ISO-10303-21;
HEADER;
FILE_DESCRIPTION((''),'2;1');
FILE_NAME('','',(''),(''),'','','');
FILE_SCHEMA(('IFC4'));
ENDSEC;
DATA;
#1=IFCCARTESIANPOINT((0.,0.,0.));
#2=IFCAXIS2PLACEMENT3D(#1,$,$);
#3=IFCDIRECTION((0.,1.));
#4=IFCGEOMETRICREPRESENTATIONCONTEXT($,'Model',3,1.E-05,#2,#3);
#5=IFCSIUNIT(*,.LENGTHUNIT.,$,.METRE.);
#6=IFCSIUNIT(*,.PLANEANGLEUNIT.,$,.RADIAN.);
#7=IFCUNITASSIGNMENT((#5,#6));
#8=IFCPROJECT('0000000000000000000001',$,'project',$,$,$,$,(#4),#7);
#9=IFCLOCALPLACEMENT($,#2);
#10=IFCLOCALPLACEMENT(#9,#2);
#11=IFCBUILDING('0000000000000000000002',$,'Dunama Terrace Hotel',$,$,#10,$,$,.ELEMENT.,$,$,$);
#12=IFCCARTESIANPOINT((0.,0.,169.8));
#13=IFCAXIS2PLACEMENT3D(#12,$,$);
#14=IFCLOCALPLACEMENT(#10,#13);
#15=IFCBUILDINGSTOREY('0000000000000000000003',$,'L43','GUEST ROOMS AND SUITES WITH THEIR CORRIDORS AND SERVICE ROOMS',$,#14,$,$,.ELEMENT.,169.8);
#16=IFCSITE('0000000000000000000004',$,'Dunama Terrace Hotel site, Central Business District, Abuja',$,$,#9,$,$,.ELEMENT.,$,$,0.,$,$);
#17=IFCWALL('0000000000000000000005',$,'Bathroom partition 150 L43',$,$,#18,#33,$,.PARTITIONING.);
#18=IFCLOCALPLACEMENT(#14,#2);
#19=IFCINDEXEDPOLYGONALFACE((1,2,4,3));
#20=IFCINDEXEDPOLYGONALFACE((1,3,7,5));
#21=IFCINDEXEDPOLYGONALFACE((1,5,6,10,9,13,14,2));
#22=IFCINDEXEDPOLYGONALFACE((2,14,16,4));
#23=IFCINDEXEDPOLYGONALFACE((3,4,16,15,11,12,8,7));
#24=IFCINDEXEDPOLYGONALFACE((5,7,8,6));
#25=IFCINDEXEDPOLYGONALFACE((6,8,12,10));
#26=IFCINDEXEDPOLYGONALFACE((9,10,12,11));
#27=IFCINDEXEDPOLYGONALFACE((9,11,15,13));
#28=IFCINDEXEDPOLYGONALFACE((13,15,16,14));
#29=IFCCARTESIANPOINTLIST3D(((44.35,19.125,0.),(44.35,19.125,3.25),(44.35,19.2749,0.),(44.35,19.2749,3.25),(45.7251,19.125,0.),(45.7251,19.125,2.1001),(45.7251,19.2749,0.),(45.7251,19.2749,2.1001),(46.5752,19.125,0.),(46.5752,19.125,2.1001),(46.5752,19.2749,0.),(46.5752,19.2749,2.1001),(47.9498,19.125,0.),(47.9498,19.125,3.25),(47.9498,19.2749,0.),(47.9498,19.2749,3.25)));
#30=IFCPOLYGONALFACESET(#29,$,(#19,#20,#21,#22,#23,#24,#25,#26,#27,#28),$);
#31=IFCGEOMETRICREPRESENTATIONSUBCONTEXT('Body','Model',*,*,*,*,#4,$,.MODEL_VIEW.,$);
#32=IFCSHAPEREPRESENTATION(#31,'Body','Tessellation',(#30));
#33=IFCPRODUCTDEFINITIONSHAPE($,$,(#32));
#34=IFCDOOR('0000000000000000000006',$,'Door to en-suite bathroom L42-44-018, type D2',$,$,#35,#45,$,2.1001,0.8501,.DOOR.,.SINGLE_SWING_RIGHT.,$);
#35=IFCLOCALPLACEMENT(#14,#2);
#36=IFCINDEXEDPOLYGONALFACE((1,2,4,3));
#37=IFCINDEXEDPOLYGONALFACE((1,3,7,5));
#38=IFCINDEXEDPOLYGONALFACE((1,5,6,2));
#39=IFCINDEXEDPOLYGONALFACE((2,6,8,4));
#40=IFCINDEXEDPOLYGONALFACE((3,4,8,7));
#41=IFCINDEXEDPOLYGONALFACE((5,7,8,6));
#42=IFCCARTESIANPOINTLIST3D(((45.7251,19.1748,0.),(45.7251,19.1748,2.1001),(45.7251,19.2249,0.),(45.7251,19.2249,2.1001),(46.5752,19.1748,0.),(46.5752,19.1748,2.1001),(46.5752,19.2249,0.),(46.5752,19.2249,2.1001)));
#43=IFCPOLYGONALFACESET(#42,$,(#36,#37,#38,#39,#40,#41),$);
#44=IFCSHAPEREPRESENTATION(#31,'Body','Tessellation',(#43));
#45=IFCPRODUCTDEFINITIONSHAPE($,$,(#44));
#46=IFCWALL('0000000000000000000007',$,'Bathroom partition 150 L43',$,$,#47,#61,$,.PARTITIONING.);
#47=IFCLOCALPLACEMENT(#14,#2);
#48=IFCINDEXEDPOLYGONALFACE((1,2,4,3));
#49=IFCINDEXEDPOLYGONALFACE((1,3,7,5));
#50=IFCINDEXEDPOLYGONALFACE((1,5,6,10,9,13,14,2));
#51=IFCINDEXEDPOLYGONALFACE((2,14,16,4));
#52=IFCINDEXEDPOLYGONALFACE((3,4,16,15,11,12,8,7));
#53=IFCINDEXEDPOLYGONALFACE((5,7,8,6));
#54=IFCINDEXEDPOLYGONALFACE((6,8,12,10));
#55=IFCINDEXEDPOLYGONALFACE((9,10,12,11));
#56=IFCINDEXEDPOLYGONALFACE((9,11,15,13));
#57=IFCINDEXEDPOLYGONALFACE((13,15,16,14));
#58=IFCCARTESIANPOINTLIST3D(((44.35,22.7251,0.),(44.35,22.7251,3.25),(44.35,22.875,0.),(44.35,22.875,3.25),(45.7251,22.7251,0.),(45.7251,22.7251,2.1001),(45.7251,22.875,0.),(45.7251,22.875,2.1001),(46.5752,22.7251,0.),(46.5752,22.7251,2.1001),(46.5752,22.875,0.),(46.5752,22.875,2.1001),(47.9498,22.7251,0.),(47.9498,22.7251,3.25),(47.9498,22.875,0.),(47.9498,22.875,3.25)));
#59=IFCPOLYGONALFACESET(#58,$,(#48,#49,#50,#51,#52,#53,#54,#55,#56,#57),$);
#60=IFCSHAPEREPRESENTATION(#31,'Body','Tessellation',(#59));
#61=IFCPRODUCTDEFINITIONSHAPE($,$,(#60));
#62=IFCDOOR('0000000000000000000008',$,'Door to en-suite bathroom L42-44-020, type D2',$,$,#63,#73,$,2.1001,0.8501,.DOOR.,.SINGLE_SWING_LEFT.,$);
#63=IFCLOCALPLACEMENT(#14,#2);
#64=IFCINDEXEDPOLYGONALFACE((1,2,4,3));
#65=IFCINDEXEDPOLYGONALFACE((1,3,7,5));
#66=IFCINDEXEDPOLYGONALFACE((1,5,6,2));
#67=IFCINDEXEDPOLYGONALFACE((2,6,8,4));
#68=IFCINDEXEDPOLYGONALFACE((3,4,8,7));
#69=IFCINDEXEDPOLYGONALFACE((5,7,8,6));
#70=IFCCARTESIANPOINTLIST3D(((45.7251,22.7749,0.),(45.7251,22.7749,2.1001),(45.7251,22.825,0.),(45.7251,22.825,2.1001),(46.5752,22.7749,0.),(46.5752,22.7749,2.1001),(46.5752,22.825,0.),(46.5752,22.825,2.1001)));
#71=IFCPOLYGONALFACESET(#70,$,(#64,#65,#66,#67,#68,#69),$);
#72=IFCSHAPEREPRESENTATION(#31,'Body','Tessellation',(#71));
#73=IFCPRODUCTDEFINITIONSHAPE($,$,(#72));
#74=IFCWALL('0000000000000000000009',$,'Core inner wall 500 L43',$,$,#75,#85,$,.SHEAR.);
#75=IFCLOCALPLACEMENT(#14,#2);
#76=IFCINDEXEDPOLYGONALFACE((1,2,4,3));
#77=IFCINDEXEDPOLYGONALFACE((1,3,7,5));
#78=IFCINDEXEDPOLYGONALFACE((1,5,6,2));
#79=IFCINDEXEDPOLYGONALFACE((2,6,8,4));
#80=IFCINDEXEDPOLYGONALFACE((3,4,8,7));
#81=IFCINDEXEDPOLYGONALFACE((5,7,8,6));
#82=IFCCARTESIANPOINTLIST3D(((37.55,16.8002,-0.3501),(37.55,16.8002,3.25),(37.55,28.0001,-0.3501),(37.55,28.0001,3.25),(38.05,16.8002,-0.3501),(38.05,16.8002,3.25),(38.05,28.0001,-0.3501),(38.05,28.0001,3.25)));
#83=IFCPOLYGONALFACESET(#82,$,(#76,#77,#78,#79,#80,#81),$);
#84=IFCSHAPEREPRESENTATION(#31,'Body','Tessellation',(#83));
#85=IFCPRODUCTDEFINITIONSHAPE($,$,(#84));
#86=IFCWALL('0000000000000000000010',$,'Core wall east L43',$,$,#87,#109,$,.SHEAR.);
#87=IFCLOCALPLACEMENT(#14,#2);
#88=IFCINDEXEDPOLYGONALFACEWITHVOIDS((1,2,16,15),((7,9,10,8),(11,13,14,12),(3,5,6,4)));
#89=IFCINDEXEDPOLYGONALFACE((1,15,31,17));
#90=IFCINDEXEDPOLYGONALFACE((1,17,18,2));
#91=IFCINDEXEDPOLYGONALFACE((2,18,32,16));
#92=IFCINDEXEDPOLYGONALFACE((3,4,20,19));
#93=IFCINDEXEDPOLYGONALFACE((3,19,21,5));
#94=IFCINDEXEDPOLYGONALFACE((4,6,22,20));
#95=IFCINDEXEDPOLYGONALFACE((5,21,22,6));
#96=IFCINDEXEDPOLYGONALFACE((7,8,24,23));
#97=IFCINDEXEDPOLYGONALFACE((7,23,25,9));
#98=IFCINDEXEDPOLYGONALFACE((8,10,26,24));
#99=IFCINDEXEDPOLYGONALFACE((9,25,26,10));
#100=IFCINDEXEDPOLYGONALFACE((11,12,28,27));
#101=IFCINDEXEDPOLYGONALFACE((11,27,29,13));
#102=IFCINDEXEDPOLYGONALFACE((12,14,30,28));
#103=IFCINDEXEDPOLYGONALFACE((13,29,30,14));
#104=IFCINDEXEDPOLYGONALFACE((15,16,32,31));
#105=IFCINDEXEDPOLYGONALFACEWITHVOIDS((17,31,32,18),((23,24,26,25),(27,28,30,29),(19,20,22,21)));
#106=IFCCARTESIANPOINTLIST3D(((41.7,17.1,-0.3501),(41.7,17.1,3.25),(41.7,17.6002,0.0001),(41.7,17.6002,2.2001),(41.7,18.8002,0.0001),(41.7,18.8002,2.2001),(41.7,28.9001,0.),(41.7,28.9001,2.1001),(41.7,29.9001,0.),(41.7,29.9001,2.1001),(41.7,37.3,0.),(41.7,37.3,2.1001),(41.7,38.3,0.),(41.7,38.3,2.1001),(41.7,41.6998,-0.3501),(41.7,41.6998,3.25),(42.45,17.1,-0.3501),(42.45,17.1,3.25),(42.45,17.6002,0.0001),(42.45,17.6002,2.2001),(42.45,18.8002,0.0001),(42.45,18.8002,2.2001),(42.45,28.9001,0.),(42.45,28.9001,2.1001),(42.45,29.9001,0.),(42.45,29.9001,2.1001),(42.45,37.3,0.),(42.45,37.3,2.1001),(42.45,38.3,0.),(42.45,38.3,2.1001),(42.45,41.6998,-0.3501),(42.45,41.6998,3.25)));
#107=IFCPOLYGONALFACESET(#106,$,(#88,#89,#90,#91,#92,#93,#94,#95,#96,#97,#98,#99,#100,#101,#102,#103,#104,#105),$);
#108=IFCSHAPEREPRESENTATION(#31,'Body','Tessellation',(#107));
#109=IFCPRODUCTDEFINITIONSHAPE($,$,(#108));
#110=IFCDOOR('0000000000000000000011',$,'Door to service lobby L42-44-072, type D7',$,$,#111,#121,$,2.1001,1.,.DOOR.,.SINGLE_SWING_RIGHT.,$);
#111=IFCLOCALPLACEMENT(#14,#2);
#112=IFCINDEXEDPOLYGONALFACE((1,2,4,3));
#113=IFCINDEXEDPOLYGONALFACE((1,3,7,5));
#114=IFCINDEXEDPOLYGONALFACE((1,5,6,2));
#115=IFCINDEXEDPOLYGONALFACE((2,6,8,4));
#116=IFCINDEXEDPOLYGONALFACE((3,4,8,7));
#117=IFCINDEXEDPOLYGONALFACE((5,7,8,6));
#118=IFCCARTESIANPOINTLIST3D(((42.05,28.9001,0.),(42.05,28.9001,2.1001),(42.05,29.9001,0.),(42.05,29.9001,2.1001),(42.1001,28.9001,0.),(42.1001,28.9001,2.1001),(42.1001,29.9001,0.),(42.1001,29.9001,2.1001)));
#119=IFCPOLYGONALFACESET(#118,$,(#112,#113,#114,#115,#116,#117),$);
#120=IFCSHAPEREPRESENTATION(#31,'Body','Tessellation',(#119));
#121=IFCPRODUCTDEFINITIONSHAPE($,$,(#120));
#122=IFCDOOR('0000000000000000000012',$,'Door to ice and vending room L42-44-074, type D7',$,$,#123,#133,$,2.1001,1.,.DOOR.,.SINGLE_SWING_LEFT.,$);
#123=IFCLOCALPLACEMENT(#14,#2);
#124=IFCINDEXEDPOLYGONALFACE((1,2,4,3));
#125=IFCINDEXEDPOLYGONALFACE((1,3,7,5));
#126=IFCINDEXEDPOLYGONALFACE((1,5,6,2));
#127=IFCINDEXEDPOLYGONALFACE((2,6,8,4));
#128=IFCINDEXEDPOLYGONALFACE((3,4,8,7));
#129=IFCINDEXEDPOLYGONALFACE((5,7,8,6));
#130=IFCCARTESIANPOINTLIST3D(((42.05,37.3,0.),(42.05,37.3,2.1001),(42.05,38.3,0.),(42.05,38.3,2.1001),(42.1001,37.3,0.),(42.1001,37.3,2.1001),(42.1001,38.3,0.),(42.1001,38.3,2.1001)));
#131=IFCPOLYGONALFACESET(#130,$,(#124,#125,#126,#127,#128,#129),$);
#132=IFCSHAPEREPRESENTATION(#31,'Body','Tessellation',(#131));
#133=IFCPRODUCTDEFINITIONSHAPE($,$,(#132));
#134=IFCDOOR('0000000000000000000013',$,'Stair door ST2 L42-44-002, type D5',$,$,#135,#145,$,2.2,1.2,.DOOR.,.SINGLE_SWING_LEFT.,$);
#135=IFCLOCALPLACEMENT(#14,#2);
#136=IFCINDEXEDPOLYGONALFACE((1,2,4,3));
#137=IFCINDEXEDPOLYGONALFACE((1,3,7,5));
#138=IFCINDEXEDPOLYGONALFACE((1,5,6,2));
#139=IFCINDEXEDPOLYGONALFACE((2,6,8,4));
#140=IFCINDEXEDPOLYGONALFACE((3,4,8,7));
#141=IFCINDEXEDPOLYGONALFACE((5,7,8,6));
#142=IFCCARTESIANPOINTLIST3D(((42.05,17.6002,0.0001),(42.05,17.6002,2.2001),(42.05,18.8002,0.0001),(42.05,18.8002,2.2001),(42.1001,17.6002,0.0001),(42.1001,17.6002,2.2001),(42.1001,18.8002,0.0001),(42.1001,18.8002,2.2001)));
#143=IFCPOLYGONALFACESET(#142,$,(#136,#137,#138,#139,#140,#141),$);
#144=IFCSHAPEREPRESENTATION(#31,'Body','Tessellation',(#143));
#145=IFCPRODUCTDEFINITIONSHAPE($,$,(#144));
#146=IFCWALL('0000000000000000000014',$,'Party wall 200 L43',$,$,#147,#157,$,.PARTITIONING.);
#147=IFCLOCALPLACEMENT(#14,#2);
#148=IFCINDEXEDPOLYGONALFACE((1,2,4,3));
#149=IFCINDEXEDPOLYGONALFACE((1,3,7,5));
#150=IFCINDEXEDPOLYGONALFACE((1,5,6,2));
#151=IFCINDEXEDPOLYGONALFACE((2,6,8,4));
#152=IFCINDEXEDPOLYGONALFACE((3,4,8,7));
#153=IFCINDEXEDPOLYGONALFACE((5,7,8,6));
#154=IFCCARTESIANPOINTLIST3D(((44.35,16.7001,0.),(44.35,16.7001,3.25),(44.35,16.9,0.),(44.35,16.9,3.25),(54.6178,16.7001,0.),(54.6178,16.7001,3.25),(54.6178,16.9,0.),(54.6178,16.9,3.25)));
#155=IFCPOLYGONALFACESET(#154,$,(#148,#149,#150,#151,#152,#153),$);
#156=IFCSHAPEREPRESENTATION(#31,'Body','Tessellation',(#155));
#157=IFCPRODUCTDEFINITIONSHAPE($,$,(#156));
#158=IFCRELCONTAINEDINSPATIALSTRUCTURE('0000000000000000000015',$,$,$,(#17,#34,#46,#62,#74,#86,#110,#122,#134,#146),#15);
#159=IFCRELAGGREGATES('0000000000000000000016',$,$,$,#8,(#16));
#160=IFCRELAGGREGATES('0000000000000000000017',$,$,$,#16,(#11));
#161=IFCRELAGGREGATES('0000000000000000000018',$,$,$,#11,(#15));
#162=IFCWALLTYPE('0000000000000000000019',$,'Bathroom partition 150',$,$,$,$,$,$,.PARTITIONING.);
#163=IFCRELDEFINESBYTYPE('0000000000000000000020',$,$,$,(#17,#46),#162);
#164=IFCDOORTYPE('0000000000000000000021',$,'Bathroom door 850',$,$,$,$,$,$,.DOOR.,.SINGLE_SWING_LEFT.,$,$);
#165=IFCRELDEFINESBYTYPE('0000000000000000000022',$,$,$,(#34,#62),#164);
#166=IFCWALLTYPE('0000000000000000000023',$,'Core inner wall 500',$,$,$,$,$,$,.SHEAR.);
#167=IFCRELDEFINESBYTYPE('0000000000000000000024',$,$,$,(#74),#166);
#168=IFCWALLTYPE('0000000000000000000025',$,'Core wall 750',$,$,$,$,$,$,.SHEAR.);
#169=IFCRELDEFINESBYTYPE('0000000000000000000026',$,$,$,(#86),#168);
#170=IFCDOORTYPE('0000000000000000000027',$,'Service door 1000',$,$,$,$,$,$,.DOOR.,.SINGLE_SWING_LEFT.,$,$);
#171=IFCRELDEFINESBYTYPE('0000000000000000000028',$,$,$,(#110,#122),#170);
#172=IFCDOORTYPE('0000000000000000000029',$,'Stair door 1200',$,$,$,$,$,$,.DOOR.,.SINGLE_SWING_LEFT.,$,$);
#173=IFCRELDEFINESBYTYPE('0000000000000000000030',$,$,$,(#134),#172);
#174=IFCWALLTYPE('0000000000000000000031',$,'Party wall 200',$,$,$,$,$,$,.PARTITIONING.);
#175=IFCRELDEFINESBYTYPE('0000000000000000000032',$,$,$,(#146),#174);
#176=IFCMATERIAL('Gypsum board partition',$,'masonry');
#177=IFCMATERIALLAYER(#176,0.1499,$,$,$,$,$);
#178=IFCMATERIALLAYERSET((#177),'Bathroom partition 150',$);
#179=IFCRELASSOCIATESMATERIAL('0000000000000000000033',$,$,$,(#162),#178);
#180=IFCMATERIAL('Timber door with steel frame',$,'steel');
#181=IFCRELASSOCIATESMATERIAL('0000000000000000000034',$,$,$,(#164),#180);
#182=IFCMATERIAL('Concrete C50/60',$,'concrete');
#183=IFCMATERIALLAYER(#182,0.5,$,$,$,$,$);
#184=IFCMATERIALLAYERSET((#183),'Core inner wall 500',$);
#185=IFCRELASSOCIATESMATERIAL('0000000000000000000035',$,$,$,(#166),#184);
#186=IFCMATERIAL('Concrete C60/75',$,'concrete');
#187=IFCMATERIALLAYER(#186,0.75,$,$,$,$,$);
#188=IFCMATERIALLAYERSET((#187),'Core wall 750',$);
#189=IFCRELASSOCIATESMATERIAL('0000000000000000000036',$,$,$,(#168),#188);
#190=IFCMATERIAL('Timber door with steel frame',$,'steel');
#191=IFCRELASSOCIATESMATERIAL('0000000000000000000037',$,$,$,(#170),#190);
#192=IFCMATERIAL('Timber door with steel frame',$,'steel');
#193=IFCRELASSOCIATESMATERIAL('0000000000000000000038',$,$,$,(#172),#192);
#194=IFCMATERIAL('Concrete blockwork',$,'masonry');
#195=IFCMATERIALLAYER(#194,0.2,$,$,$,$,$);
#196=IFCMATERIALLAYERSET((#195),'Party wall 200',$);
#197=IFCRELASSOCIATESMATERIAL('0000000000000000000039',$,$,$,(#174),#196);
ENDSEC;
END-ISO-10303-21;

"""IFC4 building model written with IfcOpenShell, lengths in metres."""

from ifc_helpers import new_model, si_unit, direction, frame, frame_2d, origin, place, context, subcontext, project, spatial, rectangle, extrude, material, layer, layer_set, type_object, element, fill, save


model = new_model("IFC4")

# Units and contexts
model_context = context("Model", 3, precision=1e-05, world=origin(), true_north=direction((0.0, 1.0)))
body_context = subcontext(model_context, "Body", "Model", "MODEL_VIEW")
ifc_project = project(units=[si_unit("LENGTHUNIT", "METRE"), si_unit("PLANEANGLEUNIT", "RADIAN")], contexts=[model_context])

# Site, building, storey
site_placement = place(None, origin())
site = spatial("IfcSite", under=ifc_project, at=site_placement, Name="Dunama Terrace Hotel site, Central Business District, Abuja", CompositionType="ELEMENT", RefElevation=0.0)
building_placement = place(site_placement, origin())
building = spatial("IfcBuilding", under=site, at=building_placement, Name="Dunama Terrace Hotel", CompositionType="ELEMENT")
storey_placement = place(building_placement, frame((0.0, 0.0, 169.8)))
storey = spatial("IfcBuildingStorey", under=building, at=storey_placement, Name="L43", Description="GUEST ROOMS AND SUITES WITH THEIR CORRIDORS AND SERVICE ROOMS", CompositionType="ELEMENT", Elevation=169.8)

# Walls, openings, doors
ifc_material_1 = material(Name="Gypsum board partition", Category="masonry")
ifc_layer_1 = layer(ifc_material_1, 0.1499)
ifc_layer_set_1 = layer_set([ifc_layer_1], Name="Bathroom partition 150")
wall_type_1 = type_object("IfcWallType", Name="Bathroom partition 150", PredefinedType="PARTITIONING", material=ifc_layer_set_1)
wall_1_placement = place(storey_placement, frame((44.3501, 19.2, 0.0), z_axis=(0.0, 0.0, 1.0), x_axis=(1.0, 0.0, 0.0)))
wall_1 = element("IfcWall", 1, at=wall_1_placement, inside=storey, type_object=wall_type_1, Name="Bathroom partition 150 L43", PredefinedType="PARTITIONING", context=body_context, shape_type="SweptSolid", body=[
    extrude(rectangle(XDim=3.5999, YDim=0.1499, at=frame_2d((1.7998, 0.0))), origin(), (0.0, 0.0, 1.0), 3.25),
])
opening_1_placement = place(wall_1_placement, frame((1.375, 0.0, 0.0)))
opening_1 = element("IfcOpeningElement", 2, at=opening_1_placement, cuts=wall_1, PredefinedType="OPENING", context=body_context, shape_type="SweptSolid", body=[
    extrude(rectangle(XDim=0.8501, YDim=2.1001, at=frame_2d((0.425, 1.05))), frame((0.0, 0.085, 0.0), z_axis=(0.0, -1.0, 0.0), x_axis=(1.0, 0.0, 0.0)), (0.0, 0.0, 1.0), 0.1699),
])
ifc_material_2 = material(Name="Timber door with steel frame", Category="steel")
door_type_1 = type_object("IfcDoorType", Name="Bathroom door 850", OperationType="SINGLE_SWING_LEFT", PredefinedType="DOOR", material=ifc_material_2)
door_1_placement = place(opening_1_placement, frame((0.8501, 0.0, 0.0), z_axis=(0.0, 0.0, 1.0), x_axis=(-1.0, 0.0, 0.0)))
door_1 = element("IfcDoor", 3, at=door_1_placement, inside=storey, type_object=door_type_1, Name="Door to en-suite bathroom L42-44-018, type D2", OperationType="SINGLE_SWING_RIGHT", OverallHeight=2.1001, OverallWidth=0.8501, PredefinedType="DOOR", context=body_context, shape_type="SweptSolid", body=[
    extrude(rectangle(XDim=0.8501, YDim=2.1001, at=frame_2d((0.425, 1.05))), frame((0.0, 0.0251, 0.0), z_axis=(0.0, -1.0, 0.0), x_axis=(1.0, 0.0, 0.0)), (0.0, 0.0, 1.0), 0.05),
])
fill(opening_1, door_1)
wall_2_placement = place(storey_placement, frame((44.3501, 22.8, 0.0), z_axis=(0.0, 0.0, 1.0), x_axis=(1.0, 0.0, 0.0)))
wall_2 = element("IfcWall", 4, at=wall_2_placement, inside=storey, type_object=wall_type_1, Name="Bathroom partition 150 L43", PredefinedType="PARTITIONING", context=body_context, shape_type="SweptSolid", body=[
    extrude(rectangle(XDim=3.5999, YDim=0.1499, at=frame_2d((1.7998, 0.0))), origin(), (0.0, 0.0, 1.0), 3.25),
])
opening_2_placement = place(wall_2_placement, frame((1.375, 0.0, 0.0)))
opening_2 = element("IfcOpeningElement", 5, at=opening_2_placement, cuts=wall_2, PredefinedType="OPENING", context=body_context, shape_type="SweptSolid", body=[
    extrude(rectangle(XDim=0.8501, YDim=2.1001, at=frame_2d((0.425, 1.05))), frame((0.0, 0.085, 0.0), z_axis=(0.0, -1.0, 0.0), x_axis=(1.0, 0.0, 0.0)), (0.0, 0.0, 1.0), 0.1699),
])
door_2_placement = place(opening_2_placement, origin())
door_2 = element("IfcDoor", 6, at=door_2_placement, inside=storey, type_object=door_type_1, Name="Door to en-suite bathroom L42-44-020, type D2", OperationType="SINGLE_SWING_LEFT", OverallHeight=2.1001, OverallWidth=0.8501, PredefinedType="DOOR", context=body_context, shape_type="SweptSolid", body=[
    extrude(rectangle(XDim=0.8501, YDim=2.1001, at=frame_2d((0.425, 1.05))), frame((0.0, 0.0249, 0.0), z_axis=(0.0, -1.0, 0.0), x_axis=(1.0, 0.0, 0.0)), (0.0, 0.0, 1.0), 0.05),
])
fill(opening_2, door_2)

# Wall
ifc_material_3 = material(Name="Concrete C50/60", Category="concrete")
ifc_layer_2 = layer(ifc_material_3, 0.5)
ifc_layer_set_2 = layer_set([ifc_layer_2], Name="Core inner wall 500")
wall_type_2 = type_object("IfcWallType", Name="Core inner wall 500", PredefinedType="SHEAR", material=ifc_layer_set_2)
wall_3_placement = place(storey_placement, frame((37.8, 16.8, -0.3501), z_axis=(0.0, 0.0, 1.0), x_axis=(0.0, 1.0, 0.0)))
element("IfcWall", 7, at=wall_3_placement, inside=storey, type_object=wall_type_2, Name="Core inner wall 500 L43", PredefinedType="SHEAR", context=body_context, shape_type="SweptSolid", body=[
    extrude(rectangle(XDim=11.2, YDim=0.5, at=frame_2d((5.6001, 0.0))), origin(), (0.0, 0.0, 1.0), 3.6001),
])

# Wall, openings, doors
ifc_material_4 = material(Name="Concrete C60/75", Category="concrete")
ifc_layer_3 = layer(ifc_material_4, 0.75)
ifc_layer_set_3 = layer_set([ifc_layer_3], Name="Core wall 750")
wall_type_3 = type_object("IfcWallType", Name="Core wall 750", PredefinedType="SHEAR", material=ifc_layer_set_3)
wall_4_placement = place(storey_placement, frame((42.075, 17.1001, -0.3501), z_axis=(0.0, 0.0, 1.0), x_axis=(0.0, 1.0, 0.0)))
wall_4 = element("IfcWall", 8, at=wall_4_placement, inside=storey, type_object=wall_type_3, Name="Core wall east L43", PredefinedType="SHEAR", context=body_context, shape_type="SweptSolid", body=[
    extrude(rectangle(XDim=24.5999, YDim=0.75, at=frame_2d((12.2998, 0.0))), origin(), (0.0, 0.0, 1.0), 3.6001),
])
opening_3_placement = place(wall_4_placement, frame((0.5, 0.0, 0.3501)))
opening_3 = element("IfcOpeningElement", 9, at=opening_3_placement, cuts=wall_4, PredefinedType="OPENING", context=body_context, shape_type="SweptSolid", body=[
    extrude(rectangle(XDim=1.2, YDim=2.2, at=frame_2d((0.6001, 1.1001))), frame((0.0, 0.385, 0.0), z_axis=(0.0, -1.0, 0.0), x_axis=(1.0, 0.0, 0.0)), (0.0, 0.0, 1.0), 0.77),
])
opening_4_placement = place(wall_4_placement, frame((11.8, 0.0, 0.3501)))
opening_4 = element("IfcOpeningElement", 10, at=opening_4_placement, cuts=wall_4, PredefinedType="OPENING", context=body_context, shape_type="SweptSolid", body=[
    extrude(rectangle(XDim=1.0, YDim=2.1001, at=frame_2d((0.5, 1.05))), frame((0.0, 0.385, 0.0), z_axis=(0.0, -1.0, 0.0), x_axis=(1.0, 0.0, 0.0)), (0.0, 0.0, 1.0), 0.77),
])
opening_5_placement = place(wall_4_placement, frame((20.2, 0.0, 0.3501)))
opening_5 = element("IfcOpeningElement", 11, at=opening_5_placement, cuts=wall_4, PredefinedType="OPENING", context=body_context, shape_type="SweptSolid", body=[
    extrude(rectangle(XDim=1.0, YDim=2.1001, at=frame_2d((0.5, 1.05))), frame((0.0, 0.385, 0.0), z_axis=(0.0, -1.0, 0.0), x_axis=(1.0, 0.0, 0.0)), (0.0, 0.0, 1.0), 0.77),
])
ifc_material_5 = material(Name="Timber door with steel frame", Category="steel")
door_type_2 = type_object("IfcDoorType", Name="Service door 1000", OperationType="SINGLE_SWING_LEFT", PredefinedType="DOOR", material=ifc_material_5)
door_3_placement = place(opening_4_placement, origin())
door_3 = element("IfcDoor", 12, at=door_3_placement, inside=storey, type_object=door_type_2, Name="Door to service lobby L42-44-072, type D7", OperationType="SINGLE_SWING_RIGHT", OverallHeight=2.1001, OverallWidth=1.0, PredefinedType="DOOR", context=body_context, shape_type="SweptSolid", body=[
    extrude(rectangle(XDim=1.0, YDim=2.1001, at=frame_2d((0.5, 1.05))), frame((0.0, 0.0249, 0.0), z_axis=(0.0, -1.0, 0.0), x_axis=(1.0, 0.0, 0.0)), (0.0, 0.0, 1.0), 0.05),
])
fill(opening_4, door_3)
door_4_placement = place(opening_5_placement, origin())
door_4 = element("IfcDoor", 13, at=door_4_placement, inside=storey, type_object=door_type_2, Name="Door to ice and vending room L42-44-074, type D7", OperationType="SINGLE_SWING_LEFT", OverallHeight=2.1001, OverallWidth=1.0, PredefinedType="DOOR", context=body_context, shape_type="SweptSolid", body=[
    extrude(rectangle(XDim=1.0, YDim=2.1001, at=frame_2d((0.5, 1.05))), frame((0.0, 0.0249, 0.0), z_axis=(0.0, -1.0, 0.0), x_axis=(1.0, 0.0, 0.0)), (0.0, 0.0, 1.0), 0.05),
])
fill(opening_5, door_4)
ifc_material_6 = material(Name="Timber door with steel frame", Category="steel")
door_type_3 = type_object("IfcDoorType", Name="Stair door 1200", OperationType="SINGLE_SWING_LEFT", PredefinedType="DOOR", material=ifc_material_6)
door_5_placement = place(opening_3_placement, origin())
door_5 = element("IfcDoor", 14, at=door_5_placement, inside=storey, type_object=door_type_3, Name="Stair door ST2 L42-44-002, type D5", OperationType="SINGLE_SWING_LEFT", OverallHeight=2.2, OverallWidth=1.2, PredefinedType="DOOR", context=body_context, shape_type="SweptSolid", body=[
    extrude(rectangle(XDim=1.2, YDim=2.2, at=frame_2d((0.6001, 1.1001))), frame((0.0, 0.0249, 0.0), z_axis=(0.0, -1.0, 0.0), x_axis=(1.0, 0.0, 0.0)), (0.0, 0.0, 1.0), 0.05),
])
fill(opening_3, door_5)

# Wall
ifc_material_7 = material(Name="Concrete blockwork", Category="masonry")
ifc_layer_4 = layer(ifc_material_7, 0.2)
ifc_layer_set_4 = layer_set([ifc_layer_4], Name="Party wall 200")
wall_type_4 = type_object("IfcWallType", Name="Party wall 200", PredefinedType="PARTITIONING", material=ifc_layer_set_4)
for number, where, z_axis, x_axis, name in (
    (15, (44.3501, 16.8, 0.0), (0.0, 0.0, 1.0), (1.0, 0.0, 0.0), "Party wall 200 L43"),
):
    element("IfcWall", number, at=place(storey_placement, frame(where, z_axis=z_axis, x_axis=x_axis)), inside=storey, type_object=wall_type_4, Name=name, PredefinedType="PARTITIONING", context=body_context, shape_type="SweptSolid", body=[
        extrude(rectangle(XDim=10.2678, YDim=0.2, at=frame_2d((5.1338, 0.0))), origin(), (0.0, 0.0, 1.0), 3.25),
    ])

save(model, "model.ifc")
